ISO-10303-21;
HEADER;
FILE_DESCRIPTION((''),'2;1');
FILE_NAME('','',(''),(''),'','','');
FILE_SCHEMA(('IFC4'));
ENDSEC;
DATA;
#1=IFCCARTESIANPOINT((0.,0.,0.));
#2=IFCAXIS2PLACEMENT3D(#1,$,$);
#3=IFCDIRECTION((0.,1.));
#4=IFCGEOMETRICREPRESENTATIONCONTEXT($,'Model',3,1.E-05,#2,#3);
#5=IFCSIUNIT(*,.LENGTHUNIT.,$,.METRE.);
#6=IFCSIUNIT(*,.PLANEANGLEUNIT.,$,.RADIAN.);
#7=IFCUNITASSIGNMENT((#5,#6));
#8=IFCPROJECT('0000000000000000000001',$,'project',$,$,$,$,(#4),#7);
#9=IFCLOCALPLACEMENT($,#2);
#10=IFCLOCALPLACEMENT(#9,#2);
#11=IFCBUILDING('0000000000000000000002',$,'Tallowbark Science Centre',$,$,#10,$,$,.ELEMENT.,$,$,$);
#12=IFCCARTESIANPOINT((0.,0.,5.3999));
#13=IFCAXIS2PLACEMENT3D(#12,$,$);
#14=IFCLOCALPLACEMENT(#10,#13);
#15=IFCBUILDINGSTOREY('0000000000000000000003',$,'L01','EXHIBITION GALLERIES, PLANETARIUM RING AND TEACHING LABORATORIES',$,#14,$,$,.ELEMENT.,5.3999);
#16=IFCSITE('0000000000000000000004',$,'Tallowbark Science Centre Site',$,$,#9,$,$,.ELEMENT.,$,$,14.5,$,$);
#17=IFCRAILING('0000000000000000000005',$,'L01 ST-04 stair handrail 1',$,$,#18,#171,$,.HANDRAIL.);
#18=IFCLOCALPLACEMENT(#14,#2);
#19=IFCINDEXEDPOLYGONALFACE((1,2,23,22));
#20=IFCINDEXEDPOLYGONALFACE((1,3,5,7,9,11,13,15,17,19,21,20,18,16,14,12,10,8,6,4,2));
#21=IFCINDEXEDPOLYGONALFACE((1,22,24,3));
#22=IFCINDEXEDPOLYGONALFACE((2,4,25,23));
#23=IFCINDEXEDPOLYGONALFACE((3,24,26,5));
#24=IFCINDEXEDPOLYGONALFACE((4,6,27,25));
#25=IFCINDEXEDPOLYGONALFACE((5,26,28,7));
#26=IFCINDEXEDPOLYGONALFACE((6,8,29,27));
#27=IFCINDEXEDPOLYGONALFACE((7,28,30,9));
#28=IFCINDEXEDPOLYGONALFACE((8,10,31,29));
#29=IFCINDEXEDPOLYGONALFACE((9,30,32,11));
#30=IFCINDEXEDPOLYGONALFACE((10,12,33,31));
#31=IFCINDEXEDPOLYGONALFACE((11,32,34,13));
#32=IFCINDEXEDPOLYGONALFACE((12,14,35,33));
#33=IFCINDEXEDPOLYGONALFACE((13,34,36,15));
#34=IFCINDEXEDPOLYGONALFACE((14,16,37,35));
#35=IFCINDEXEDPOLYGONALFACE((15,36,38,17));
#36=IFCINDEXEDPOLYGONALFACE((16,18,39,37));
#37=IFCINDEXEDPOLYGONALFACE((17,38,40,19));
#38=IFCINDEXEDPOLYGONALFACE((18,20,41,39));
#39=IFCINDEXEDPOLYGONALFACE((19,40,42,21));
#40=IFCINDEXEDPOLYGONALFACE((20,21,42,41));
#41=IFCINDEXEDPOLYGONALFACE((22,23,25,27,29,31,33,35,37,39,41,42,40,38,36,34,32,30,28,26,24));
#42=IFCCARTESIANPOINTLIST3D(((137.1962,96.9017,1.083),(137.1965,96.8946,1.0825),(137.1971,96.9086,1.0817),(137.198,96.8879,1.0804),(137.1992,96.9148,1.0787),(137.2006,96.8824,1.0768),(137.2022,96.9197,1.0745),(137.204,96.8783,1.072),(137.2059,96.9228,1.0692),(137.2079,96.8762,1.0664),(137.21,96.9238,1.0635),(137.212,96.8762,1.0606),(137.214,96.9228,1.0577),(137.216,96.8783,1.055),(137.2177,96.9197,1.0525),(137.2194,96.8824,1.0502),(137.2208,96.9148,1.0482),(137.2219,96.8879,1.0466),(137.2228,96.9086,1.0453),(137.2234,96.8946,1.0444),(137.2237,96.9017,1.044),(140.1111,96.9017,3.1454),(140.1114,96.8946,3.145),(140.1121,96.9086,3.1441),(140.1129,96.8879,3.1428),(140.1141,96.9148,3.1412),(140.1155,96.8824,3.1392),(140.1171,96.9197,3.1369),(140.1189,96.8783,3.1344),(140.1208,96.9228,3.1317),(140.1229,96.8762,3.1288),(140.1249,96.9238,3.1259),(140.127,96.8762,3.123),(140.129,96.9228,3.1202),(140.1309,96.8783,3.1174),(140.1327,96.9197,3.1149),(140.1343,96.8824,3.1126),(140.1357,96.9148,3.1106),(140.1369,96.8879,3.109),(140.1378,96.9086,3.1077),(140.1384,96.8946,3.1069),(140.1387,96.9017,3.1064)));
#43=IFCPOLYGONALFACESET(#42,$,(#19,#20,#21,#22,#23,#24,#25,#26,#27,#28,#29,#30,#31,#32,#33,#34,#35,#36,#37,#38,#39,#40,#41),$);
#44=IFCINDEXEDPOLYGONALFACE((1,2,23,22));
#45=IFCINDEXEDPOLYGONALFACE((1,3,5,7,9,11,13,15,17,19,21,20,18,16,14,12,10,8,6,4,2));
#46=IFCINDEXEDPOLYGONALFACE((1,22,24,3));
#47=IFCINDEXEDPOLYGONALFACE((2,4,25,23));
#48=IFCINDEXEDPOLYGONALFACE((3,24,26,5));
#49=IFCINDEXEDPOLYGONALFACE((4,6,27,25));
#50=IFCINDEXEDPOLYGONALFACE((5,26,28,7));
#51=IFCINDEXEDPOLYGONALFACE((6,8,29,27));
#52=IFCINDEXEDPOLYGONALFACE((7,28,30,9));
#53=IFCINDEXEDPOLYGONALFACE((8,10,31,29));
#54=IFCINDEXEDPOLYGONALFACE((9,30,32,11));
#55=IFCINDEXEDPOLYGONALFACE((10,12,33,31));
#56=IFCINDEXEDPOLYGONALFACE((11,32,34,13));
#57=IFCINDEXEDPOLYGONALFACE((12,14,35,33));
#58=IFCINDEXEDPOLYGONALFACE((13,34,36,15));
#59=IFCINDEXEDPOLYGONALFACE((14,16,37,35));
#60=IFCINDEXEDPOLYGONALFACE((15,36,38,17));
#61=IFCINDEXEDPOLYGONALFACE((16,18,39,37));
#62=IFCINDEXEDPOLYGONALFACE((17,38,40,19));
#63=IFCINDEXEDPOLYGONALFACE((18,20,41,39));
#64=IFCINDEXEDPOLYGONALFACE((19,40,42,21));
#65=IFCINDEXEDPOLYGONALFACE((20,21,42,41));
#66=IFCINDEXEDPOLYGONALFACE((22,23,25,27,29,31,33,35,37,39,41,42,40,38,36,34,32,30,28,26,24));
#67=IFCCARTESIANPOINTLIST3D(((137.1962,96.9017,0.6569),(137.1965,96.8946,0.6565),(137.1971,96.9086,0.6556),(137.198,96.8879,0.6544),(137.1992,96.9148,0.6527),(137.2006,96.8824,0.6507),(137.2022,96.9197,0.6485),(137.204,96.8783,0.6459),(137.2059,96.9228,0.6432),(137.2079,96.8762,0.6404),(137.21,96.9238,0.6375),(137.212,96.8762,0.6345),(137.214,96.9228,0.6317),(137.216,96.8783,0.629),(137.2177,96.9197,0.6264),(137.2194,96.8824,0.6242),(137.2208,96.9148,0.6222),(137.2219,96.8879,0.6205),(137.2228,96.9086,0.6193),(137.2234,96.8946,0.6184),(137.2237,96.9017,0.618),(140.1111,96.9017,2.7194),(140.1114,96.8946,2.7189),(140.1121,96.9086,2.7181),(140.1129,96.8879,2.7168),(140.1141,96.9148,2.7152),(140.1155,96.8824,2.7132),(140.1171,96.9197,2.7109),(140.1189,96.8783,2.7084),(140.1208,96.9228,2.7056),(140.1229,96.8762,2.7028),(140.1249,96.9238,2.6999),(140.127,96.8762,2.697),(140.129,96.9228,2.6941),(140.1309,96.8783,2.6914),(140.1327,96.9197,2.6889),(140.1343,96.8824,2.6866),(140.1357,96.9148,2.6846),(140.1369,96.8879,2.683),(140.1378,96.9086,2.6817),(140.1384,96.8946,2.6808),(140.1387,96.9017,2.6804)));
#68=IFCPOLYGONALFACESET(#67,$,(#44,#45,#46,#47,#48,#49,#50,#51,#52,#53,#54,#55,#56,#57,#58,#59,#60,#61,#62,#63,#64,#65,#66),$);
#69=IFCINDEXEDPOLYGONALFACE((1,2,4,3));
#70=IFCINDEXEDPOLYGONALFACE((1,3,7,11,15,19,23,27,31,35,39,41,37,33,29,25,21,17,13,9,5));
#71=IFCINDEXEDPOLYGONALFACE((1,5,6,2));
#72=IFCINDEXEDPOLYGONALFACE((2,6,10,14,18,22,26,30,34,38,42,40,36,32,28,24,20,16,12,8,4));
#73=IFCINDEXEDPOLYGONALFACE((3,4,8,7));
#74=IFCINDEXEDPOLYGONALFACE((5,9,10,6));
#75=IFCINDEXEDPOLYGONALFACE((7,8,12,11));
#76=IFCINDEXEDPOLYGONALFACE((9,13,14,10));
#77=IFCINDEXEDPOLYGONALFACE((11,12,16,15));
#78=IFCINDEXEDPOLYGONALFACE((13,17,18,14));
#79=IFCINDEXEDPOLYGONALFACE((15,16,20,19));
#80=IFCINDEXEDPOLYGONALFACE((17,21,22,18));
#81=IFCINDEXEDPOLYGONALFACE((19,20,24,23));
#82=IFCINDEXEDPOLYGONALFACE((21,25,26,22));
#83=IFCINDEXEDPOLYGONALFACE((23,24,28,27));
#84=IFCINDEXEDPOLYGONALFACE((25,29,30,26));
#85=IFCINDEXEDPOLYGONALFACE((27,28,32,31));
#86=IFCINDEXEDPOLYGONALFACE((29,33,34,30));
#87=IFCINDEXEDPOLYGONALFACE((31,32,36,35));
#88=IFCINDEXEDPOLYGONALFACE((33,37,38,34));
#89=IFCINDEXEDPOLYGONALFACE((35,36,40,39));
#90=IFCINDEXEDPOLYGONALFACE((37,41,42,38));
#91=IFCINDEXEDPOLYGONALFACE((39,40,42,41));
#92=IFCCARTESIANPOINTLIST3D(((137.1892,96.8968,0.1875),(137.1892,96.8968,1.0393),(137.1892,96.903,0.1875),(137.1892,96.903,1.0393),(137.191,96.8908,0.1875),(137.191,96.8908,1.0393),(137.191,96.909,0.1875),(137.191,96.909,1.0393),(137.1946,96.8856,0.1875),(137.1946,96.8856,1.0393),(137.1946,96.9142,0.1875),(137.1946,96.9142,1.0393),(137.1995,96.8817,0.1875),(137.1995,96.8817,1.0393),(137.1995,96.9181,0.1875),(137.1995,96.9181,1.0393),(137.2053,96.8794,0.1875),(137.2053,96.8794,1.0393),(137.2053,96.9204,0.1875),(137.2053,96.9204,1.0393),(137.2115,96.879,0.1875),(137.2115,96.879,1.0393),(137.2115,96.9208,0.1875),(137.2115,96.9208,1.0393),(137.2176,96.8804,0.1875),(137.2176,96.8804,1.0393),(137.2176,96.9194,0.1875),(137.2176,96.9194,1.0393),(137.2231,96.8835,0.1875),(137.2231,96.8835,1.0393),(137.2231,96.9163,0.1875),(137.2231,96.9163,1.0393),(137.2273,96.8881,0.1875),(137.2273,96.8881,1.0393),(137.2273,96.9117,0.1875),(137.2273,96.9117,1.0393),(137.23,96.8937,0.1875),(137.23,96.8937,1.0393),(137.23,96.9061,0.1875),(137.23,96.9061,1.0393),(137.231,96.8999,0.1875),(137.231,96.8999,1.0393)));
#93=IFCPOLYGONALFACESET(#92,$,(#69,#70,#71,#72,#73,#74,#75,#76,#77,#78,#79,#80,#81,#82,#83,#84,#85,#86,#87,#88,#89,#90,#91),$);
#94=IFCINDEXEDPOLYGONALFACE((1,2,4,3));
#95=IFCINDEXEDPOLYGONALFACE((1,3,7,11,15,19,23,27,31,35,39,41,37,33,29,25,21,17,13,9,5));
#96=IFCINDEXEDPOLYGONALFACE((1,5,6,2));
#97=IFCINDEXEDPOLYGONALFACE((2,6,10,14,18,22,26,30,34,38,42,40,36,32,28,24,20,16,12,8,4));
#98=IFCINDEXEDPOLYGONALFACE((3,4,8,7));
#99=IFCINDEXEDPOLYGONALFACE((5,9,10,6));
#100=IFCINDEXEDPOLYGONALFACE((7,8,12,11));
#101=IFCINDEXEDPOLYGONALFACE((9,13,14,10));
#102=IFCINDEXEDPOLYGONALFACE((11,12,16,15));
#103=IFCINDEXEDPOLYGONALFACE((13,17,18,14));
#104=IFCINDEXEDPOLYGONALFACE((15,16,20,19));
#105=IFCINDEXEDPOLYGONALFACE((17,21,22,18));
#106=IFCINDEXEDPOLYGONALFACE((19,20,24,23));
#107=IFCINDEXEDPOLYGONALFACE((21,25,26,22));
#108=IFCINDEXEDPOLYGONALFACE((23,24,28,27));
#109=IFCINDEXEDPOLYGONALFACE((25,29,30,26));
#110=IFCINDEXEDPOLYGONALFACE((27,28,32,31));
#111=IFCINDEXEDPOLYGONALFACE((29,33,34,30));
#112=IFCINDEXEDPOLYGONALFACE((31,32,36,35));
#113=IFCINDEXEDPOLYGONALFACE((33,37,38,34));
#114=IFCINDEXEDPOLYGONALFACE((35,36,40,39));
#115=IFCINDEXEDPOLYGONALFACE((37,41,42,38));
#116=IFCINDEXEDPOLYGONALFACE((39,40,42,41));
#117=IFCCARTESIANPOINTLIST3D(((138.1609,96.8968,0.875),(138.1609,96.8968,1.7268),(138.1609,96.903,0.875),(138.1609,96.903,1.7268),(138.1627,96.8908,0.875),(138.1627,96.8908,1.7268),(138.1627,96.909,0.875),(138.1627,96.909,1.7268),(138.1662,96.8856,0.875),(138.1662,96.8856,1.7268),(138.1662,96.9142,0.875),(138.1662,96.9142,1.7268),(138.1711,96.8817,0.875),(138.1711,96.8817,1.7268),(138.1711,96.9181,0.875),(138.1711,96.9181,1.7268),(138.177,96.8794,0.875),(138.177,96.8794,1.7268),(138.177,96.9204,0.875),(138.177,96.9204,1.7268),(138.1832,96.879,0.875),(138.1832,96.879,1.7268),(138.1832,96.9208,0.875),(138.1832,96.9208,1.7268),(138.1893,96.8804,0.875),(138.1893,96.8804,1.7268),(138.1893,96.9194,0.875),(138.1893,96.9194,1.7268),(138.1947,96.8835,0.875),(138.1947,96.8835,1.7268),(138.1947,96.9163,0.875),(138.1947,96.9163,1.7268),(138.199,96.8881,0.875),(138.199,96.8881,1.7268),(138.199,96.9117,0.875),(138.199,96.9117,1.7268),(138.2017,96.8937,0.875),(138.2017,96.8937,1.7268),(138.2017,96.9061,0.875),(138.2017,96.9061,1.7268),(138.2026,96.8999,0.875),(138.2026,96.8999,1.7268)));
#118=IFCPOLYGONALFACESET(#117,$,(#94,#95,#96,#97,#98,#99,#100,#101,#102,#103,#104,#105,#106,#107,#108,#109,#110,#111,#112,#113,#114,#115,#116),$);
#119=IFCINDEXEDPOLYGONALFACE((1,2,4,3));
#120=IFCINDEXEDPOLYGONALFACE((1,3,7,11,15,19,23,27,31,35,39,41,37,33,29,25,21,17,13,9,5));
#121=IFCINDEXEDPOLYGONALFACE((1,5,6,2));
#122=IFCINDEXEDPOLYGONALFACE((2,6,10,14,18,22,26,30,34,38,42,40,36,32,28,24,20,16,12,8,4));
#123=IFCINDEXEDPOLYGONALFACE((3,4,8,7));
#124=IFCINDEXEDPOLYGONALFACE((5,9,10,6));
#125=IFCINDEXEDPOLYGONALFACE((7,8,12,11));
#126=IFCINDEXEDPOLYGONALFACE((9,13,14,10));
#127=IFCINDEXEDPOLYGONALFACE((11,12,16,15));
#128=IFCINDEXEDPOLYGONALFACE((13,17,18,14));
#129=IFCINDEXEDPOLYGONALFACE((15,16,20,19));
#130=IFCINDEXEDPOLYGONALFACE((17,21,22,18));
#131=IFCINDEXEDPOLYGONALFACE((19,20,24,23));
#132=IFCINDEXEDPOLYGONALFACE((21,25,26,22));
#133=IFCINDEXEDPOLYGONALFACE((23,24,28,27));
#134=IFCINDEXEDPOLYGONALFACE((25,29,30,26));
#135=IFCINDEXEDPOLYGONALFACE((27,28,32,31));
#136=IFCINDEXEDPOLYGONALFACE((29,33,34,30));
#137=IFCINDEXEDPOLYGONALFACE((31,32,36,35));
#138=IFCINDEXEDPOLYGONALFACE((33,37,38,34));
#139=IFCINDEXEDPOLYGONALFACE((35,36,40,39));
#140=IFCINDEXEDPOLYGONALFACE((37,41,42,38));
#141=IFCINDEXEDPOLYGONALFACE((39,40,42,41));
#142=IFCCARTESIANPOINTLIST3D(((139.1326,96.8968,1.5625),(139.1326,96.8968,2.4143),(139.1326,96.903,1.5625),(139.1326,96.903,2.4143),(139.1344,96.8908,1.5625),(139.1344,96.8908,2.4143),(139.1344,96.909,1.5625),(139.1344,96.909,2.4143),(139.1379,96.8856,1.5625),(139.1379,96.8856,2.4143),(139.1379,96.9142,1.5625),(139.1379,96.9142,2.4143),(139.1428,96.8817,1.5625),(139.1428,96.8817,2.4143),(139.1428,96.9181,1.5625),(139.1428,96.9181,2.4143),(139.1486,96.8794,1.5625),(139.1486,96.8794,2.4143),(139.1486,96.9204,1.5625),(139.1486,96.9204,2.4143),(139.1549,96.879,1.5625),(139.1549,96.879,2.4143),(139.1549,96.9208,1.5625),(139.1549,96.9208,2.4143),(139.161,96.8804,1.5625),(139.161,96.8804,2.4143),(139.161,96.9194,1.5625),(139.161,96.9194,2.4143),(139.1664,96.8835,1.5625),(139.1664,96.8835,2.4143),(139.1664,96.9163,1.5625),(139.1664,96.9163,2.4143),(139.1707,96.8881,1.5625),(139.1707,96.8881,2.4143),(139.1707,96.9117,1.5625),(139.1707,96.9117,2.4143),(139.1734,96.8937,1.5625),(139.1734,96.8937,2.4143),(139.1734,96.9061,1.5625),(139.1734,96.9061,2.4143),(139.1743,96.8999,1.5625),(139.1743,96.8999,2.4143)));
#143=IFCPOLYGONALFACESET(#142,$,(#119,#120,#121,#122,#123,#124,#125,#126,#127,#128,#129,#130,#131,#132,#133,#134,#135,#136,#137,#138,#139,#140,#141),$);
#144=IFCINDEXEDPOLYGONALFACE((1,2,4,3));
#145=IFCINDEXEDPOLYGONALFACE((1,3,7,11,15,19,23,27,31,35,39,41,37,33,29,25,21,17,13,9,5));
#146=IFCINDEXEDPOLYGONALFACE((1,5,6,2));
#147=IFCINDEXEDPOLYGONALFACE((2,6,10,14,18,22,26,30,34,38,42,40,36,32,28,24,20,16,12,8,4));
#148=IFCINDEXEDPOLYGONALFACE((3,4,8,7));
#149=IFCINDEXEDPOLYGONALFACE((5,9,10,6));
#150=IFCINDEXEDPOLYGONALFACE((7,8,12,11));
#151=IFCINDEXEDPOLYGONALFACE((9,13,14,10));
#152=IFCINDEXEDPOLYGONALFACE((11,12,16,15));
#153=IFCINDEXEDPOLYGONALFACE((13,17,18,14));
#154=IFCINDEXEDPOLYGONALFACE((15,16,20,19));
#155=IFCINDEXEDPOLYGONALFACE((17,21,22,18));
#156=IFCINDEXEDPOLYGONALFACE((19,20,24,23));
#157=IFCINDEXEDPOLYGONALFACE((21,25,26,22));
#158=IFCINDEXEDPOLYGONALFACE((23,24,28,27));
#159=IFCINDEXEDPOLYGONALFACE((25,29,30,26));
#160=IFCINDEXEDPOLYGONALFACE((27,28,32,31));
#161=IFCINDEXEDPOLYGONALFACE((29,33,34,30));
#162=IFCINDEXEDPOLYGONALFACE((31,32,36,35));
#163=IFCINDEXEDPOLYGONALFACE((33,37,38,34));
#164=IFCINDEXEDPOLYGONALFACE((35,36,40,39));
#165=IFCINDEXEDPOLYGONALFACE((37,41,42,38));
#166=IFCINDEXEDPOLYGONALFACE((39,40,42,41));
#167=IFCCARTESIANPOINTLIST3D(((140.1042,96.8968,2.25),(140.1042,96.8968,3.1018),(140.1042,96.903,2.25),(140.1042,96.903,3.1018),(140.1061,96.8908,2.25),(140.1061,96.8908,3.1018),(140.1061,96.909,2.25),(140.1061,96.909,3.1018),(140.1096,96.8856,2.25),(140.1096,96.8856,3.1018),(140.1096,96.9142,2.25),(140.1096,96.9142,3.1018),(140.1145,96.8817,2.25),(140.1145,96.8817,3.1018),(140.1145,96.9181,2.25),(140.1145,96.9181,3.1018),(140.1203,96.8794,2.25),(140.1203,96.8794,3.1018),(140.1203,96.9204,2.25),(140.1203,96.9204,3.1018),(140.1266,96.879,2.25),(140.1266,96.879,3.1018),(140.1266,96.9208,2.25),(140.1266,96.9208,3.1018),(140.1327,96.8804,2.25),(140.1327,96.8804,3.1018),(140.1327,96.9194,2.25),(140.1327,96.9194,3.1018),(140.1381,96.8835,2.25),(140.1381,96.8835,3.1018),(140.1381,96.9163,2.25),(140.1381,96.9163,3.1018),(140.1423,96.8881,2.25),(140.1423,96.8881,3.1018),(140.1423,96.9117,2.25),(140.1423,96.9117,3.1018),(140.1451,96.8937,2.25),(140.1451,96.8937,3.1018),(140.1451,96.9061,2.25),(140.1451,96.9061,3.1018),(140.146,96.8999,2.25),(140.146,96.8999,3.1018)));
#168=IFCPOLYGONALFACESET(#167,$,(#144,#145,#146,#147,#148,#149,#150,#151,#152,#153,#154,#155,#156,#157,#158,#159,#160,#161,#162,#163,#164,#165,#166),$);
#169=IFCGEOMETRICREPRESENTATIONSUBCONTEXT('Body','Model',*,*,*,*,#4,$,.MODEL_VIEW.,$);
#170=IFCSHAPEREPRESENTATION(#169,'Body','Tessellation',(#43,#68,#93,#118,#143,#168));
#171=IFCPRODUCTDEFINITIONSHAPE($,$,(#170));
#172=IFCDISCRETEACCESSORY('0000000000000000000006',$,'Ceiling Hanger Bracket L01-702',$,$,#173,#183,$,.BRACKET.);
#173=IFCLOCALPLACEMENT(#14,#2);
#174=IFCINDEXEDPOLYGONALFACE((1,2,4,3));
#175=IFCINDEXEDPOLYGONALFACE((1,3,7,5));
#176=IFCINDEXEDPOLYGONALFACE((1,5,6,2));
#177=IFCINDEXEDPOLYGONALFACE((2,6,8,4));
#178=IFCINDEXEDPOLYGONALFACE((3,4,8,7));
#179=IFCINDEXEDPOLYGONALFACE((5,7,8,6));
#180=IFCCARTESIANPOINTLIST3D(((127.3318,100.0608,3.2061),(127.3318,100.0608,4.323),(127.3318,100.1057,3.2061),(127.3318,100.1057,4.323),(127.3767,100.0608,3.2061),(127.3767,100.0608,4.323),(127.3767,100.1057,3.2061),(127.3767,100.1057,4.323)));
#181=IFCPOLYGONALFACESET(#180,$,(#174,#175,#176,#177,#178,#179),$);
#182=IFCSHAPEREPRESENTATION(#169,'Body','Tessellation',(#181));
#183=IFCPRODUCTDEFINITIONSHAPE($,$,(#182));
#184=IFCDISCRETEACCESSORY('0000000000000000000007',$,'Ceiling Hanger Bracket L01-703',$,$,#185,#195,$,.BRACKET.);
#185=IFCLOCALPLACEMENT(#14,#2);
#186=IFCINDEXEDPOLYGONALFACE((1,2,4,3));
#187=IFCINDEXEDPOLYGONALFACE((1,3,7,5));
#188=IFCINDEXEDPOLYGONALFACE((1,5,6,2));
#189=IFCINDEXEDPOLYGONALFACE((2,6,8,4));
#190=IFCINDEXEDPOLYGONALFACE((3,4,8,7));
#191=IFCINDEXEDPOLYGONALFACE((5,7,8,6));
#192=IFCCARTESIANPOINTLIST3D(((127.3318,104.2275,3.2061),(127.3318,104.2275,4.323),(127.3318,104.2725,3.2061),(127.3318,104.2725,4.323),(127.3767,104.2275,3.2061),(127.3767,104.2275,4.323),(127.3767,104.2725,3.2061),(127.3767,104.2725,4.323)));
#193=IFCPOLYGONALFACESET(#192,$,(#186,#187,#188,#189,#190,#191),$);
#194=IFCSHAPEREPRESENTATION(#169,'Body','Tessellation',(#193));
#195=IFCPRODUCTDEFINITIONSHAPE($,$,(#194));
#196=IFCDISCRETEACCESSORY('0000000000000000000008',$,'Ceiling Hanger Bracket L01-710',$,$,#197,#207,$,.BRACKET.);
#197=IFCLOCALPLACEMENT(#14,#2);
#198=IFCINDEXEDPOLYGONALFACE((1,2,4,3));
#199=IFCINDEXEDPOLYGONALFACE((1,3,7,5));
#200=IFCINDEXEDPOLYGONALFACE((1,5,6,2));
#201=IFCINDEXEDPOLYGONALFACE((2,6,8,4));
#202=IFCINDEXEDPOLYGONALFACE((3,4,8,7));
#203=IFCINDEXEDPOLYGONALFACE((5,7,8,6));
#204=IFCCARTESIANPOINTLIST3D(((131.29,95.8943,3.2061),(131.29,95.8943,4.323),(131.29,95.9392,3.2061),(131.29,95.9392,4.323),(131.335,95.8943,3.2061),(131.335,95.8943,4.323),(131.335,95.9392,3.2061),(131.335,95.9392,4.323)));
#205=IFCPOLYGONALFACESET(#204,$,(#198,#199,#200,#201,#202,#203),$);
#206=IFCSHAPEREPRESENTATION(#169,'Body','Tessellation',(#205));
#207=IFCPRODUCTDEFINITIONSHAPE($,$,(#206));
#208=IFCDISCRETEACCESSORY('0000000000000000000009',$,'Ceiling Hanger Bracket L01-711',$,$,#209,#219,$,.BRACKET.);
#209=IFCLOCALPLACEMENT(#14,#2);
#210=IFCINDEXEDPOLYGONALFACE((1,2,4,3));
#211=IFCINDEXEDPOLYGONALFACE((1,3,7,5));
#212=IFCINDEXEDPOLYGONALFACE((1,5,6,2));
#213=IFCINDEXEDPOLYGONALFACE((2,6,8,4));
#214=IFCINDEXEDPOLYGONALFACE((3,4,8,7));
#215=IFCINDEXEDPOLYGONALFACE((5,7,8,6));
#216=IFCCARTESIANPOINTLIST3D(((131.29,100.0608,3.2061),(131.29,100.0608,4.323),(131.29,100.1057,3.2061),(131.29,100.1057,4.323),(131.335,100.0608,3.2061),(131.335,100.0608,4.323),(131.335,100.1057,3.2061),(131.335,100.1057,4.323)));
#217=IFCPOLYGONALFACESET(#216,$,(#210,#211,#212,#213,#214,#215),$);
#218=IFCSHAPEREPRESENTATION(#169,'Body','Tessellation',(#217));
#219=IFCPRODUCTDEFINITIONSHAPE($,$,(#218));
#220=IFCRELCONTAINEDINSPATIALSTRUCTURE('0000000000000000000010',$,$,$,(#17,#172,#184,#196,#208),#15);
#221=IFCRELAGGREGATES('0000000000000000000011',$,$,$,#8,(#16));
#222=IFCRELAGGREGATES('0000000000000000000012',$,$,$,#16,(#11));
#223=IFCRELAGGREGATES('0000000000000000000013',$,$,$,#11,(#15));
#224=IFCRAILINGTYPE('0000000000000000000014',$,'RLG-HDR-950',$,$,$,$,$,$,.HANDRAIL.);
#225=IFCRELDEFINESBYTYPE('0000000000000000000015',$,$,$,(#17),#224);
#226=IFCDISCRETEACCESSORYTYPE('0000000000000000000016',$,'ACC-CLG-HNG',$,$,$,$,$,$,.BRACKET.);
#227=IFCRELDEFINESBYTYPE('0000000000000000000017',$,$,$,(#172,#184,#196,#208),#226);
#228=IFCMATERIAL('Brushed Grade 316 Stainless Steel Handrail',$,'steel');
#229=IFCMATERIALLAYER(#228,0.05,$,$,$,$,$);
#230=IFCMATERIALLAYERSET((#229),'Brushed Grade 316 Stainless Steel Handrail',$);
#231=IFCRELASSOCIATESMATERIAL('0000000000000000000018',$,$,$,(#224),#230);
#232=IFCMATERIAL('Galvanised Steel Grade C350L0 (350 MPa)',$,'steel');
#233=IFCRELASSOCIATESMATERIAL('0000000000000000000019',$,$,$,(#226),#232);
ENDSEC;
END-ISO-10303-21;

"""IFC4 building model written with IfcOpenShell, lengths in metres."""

from ifc_helpers import new_model, si_unit, direction, frame, origin, origin_2d, place, context, subcontext, project, spatial, rectangle, circle, extrude, material, layer, layer_set, type_object, element, save


model = new_model("IFC4")

# Units and contexts
model_context = context("Model", 3, precision=1e-05, world=origin(), true_north=direction((0.0, 1.0)))
body_context = subcontext(model_context, "Body", "Model", "MODEL_VIEW")
ifc_project = project(units=[si_unit("LENGTHUNIT", "METRE"), si_unit("PLANEANGLEUNIT", "RADIAN")], contexts=[model_context])

# Site, building, storey
site_placement = place(None, origin())
site = spatial("IfcSite", under=ifc_project, at=site_placement, Name="Tallowbark Science Centre Site", CompositionType="ELEMENT", RefElevation=14.5)
building_placement = place(site_placement, origin())
building = spatial("IfcBuilding", under=site, at=building_placement, Name="Tallowbark Science Centre", CompositionType="ELEMENT")
storey_placement = place(building_placement, frame((0.0, 0.0, 5.3999)))
storey = spatial("IfcBuildingStorey", under=building, at=storey_placement, Name="L01", Description="EXHIBITION GALLERIES, PLANETARIUM RING AND TEACHING LABORATORIES", CompositionType="ELEMENT", Elevation=5.3999)

# Railing
ifc_material_1 = material(Name="Brushed Grade 316 Stainless Steel Handrail", Category="steel")
ifc_layer_1 = layer(ifc_material_1, 0.05)
ifc_layer_set_1 = layer_set([ifc_layer_1], Name="Brushed Grade 316 Stainless Steel Handrail")
railing_type_1 = type_object("IfcRailingType", Name="RLG-HDR-950", PredefinedType="HANDRAIL", material=ifc_layer_set_1)
railing_1_placement = place(storey_placement, frame((137.21, 96.8999, 0.1875)))
element("IfcRailing", 1, at=railing_1_placement, inside=storey, type_object=railing_type_1, Name="L01 ST-04 stair handrail 1", PredefinedType="HANDRAIL", context=body_context, shape_type="SweptSolid", body=[
    extrude(circle(Radius=0.0239, at=origin_2d()), frame((0.0, 0.0, 0.876), z_axis=(0.816331, 0.0, 0.577585), x_axis=(0.0, 1.0, 0.0)), (0.0, 0.0, 1.0), 3.5708),
    extrude(circle(Radius=0.0239, at=origin_2d()), frame((0.0, 0.0, 0.45), z_axis=(0.816331, 0.0, 0.577585), x_axis=(0.0, 1.0, 0.0)), (0.0, 0.0, 1.0), 3.5708),
    extrude(circle(Radius=0.021, at=origin_2d()), origin(), (0.0, 0.0, 1.0), 0.8518),
    extrude(circle(Radius=0.021, at=origin_2d()), frame((0.9717, 0.0, 0.6875)), (0.0, 0.0, 1.0), 0.8518),
    extrude(circle(Radius=0.021, at=origin_2d()), frame((1.9434, 0.0, 1.375)), (0.0, 0.0, 1.0), 0.8518),
    extrude(circle(Radius=0.021, at=origin_2d()), frame((2.915, 0.0, 2.0625)), (0.0, 0.0, 1.0), 0.8518),
])

# Discrete accessories
ifc_material_2 = material(Name="Galvanised Steel Grade C350L0 (350 MPa)", Category="steel")
discrete_accessory_type = type_object("IfcDiscreteAccessoryType", Name="ACC-CLG-HNG", PredefinedType="BRACKET", material=ifc_material_2)
for number, where, z_axis, x_axis, name in (
    (2, (127.3542, 100.0833, 3.2061), (0.0, 0.0, 1.0), (1.0, 0.0, 0.0), "Ceiling Hanger Bracket L01-702"),
    (3, (127.3542, 104.25, 3.2061), (0.0, 0.0, 1.0), (1.0, 0.0, 0.0), "Ceiling Hanger Bracket L01-703"),
    (4, (131.3125, 95.9167, 3.2061), (0.0, 0.0, 1.0), (1.0, 0.0, 0.0), "Ceiling Hanger Bracket L01-710"),
    (5, (131.3125, 100.0833, 3.2061), (0.0, 0.0, 1.0), (1.0, 0.0, 0.0), "Ceiling Hanger Bracket L01-711"),
):
    element("IfcDiscreteAccessory", number, at=place(storey_placement, frame(where, z_axis=z_axis, x_axis=x_axis)), inside=storey, type_object=discrete_accessory_type, Name=name, PredefinedType="BRACKET", context=body_context, shape_type="SweptSolid", body=[
        extrude(rectangle(XDim=0.0449, YDim=0.0449, at=origin_2d()), origin(), (0.0, 0.0, 1.0), 1.1169),
    ])

save(model, "model.ifc")
